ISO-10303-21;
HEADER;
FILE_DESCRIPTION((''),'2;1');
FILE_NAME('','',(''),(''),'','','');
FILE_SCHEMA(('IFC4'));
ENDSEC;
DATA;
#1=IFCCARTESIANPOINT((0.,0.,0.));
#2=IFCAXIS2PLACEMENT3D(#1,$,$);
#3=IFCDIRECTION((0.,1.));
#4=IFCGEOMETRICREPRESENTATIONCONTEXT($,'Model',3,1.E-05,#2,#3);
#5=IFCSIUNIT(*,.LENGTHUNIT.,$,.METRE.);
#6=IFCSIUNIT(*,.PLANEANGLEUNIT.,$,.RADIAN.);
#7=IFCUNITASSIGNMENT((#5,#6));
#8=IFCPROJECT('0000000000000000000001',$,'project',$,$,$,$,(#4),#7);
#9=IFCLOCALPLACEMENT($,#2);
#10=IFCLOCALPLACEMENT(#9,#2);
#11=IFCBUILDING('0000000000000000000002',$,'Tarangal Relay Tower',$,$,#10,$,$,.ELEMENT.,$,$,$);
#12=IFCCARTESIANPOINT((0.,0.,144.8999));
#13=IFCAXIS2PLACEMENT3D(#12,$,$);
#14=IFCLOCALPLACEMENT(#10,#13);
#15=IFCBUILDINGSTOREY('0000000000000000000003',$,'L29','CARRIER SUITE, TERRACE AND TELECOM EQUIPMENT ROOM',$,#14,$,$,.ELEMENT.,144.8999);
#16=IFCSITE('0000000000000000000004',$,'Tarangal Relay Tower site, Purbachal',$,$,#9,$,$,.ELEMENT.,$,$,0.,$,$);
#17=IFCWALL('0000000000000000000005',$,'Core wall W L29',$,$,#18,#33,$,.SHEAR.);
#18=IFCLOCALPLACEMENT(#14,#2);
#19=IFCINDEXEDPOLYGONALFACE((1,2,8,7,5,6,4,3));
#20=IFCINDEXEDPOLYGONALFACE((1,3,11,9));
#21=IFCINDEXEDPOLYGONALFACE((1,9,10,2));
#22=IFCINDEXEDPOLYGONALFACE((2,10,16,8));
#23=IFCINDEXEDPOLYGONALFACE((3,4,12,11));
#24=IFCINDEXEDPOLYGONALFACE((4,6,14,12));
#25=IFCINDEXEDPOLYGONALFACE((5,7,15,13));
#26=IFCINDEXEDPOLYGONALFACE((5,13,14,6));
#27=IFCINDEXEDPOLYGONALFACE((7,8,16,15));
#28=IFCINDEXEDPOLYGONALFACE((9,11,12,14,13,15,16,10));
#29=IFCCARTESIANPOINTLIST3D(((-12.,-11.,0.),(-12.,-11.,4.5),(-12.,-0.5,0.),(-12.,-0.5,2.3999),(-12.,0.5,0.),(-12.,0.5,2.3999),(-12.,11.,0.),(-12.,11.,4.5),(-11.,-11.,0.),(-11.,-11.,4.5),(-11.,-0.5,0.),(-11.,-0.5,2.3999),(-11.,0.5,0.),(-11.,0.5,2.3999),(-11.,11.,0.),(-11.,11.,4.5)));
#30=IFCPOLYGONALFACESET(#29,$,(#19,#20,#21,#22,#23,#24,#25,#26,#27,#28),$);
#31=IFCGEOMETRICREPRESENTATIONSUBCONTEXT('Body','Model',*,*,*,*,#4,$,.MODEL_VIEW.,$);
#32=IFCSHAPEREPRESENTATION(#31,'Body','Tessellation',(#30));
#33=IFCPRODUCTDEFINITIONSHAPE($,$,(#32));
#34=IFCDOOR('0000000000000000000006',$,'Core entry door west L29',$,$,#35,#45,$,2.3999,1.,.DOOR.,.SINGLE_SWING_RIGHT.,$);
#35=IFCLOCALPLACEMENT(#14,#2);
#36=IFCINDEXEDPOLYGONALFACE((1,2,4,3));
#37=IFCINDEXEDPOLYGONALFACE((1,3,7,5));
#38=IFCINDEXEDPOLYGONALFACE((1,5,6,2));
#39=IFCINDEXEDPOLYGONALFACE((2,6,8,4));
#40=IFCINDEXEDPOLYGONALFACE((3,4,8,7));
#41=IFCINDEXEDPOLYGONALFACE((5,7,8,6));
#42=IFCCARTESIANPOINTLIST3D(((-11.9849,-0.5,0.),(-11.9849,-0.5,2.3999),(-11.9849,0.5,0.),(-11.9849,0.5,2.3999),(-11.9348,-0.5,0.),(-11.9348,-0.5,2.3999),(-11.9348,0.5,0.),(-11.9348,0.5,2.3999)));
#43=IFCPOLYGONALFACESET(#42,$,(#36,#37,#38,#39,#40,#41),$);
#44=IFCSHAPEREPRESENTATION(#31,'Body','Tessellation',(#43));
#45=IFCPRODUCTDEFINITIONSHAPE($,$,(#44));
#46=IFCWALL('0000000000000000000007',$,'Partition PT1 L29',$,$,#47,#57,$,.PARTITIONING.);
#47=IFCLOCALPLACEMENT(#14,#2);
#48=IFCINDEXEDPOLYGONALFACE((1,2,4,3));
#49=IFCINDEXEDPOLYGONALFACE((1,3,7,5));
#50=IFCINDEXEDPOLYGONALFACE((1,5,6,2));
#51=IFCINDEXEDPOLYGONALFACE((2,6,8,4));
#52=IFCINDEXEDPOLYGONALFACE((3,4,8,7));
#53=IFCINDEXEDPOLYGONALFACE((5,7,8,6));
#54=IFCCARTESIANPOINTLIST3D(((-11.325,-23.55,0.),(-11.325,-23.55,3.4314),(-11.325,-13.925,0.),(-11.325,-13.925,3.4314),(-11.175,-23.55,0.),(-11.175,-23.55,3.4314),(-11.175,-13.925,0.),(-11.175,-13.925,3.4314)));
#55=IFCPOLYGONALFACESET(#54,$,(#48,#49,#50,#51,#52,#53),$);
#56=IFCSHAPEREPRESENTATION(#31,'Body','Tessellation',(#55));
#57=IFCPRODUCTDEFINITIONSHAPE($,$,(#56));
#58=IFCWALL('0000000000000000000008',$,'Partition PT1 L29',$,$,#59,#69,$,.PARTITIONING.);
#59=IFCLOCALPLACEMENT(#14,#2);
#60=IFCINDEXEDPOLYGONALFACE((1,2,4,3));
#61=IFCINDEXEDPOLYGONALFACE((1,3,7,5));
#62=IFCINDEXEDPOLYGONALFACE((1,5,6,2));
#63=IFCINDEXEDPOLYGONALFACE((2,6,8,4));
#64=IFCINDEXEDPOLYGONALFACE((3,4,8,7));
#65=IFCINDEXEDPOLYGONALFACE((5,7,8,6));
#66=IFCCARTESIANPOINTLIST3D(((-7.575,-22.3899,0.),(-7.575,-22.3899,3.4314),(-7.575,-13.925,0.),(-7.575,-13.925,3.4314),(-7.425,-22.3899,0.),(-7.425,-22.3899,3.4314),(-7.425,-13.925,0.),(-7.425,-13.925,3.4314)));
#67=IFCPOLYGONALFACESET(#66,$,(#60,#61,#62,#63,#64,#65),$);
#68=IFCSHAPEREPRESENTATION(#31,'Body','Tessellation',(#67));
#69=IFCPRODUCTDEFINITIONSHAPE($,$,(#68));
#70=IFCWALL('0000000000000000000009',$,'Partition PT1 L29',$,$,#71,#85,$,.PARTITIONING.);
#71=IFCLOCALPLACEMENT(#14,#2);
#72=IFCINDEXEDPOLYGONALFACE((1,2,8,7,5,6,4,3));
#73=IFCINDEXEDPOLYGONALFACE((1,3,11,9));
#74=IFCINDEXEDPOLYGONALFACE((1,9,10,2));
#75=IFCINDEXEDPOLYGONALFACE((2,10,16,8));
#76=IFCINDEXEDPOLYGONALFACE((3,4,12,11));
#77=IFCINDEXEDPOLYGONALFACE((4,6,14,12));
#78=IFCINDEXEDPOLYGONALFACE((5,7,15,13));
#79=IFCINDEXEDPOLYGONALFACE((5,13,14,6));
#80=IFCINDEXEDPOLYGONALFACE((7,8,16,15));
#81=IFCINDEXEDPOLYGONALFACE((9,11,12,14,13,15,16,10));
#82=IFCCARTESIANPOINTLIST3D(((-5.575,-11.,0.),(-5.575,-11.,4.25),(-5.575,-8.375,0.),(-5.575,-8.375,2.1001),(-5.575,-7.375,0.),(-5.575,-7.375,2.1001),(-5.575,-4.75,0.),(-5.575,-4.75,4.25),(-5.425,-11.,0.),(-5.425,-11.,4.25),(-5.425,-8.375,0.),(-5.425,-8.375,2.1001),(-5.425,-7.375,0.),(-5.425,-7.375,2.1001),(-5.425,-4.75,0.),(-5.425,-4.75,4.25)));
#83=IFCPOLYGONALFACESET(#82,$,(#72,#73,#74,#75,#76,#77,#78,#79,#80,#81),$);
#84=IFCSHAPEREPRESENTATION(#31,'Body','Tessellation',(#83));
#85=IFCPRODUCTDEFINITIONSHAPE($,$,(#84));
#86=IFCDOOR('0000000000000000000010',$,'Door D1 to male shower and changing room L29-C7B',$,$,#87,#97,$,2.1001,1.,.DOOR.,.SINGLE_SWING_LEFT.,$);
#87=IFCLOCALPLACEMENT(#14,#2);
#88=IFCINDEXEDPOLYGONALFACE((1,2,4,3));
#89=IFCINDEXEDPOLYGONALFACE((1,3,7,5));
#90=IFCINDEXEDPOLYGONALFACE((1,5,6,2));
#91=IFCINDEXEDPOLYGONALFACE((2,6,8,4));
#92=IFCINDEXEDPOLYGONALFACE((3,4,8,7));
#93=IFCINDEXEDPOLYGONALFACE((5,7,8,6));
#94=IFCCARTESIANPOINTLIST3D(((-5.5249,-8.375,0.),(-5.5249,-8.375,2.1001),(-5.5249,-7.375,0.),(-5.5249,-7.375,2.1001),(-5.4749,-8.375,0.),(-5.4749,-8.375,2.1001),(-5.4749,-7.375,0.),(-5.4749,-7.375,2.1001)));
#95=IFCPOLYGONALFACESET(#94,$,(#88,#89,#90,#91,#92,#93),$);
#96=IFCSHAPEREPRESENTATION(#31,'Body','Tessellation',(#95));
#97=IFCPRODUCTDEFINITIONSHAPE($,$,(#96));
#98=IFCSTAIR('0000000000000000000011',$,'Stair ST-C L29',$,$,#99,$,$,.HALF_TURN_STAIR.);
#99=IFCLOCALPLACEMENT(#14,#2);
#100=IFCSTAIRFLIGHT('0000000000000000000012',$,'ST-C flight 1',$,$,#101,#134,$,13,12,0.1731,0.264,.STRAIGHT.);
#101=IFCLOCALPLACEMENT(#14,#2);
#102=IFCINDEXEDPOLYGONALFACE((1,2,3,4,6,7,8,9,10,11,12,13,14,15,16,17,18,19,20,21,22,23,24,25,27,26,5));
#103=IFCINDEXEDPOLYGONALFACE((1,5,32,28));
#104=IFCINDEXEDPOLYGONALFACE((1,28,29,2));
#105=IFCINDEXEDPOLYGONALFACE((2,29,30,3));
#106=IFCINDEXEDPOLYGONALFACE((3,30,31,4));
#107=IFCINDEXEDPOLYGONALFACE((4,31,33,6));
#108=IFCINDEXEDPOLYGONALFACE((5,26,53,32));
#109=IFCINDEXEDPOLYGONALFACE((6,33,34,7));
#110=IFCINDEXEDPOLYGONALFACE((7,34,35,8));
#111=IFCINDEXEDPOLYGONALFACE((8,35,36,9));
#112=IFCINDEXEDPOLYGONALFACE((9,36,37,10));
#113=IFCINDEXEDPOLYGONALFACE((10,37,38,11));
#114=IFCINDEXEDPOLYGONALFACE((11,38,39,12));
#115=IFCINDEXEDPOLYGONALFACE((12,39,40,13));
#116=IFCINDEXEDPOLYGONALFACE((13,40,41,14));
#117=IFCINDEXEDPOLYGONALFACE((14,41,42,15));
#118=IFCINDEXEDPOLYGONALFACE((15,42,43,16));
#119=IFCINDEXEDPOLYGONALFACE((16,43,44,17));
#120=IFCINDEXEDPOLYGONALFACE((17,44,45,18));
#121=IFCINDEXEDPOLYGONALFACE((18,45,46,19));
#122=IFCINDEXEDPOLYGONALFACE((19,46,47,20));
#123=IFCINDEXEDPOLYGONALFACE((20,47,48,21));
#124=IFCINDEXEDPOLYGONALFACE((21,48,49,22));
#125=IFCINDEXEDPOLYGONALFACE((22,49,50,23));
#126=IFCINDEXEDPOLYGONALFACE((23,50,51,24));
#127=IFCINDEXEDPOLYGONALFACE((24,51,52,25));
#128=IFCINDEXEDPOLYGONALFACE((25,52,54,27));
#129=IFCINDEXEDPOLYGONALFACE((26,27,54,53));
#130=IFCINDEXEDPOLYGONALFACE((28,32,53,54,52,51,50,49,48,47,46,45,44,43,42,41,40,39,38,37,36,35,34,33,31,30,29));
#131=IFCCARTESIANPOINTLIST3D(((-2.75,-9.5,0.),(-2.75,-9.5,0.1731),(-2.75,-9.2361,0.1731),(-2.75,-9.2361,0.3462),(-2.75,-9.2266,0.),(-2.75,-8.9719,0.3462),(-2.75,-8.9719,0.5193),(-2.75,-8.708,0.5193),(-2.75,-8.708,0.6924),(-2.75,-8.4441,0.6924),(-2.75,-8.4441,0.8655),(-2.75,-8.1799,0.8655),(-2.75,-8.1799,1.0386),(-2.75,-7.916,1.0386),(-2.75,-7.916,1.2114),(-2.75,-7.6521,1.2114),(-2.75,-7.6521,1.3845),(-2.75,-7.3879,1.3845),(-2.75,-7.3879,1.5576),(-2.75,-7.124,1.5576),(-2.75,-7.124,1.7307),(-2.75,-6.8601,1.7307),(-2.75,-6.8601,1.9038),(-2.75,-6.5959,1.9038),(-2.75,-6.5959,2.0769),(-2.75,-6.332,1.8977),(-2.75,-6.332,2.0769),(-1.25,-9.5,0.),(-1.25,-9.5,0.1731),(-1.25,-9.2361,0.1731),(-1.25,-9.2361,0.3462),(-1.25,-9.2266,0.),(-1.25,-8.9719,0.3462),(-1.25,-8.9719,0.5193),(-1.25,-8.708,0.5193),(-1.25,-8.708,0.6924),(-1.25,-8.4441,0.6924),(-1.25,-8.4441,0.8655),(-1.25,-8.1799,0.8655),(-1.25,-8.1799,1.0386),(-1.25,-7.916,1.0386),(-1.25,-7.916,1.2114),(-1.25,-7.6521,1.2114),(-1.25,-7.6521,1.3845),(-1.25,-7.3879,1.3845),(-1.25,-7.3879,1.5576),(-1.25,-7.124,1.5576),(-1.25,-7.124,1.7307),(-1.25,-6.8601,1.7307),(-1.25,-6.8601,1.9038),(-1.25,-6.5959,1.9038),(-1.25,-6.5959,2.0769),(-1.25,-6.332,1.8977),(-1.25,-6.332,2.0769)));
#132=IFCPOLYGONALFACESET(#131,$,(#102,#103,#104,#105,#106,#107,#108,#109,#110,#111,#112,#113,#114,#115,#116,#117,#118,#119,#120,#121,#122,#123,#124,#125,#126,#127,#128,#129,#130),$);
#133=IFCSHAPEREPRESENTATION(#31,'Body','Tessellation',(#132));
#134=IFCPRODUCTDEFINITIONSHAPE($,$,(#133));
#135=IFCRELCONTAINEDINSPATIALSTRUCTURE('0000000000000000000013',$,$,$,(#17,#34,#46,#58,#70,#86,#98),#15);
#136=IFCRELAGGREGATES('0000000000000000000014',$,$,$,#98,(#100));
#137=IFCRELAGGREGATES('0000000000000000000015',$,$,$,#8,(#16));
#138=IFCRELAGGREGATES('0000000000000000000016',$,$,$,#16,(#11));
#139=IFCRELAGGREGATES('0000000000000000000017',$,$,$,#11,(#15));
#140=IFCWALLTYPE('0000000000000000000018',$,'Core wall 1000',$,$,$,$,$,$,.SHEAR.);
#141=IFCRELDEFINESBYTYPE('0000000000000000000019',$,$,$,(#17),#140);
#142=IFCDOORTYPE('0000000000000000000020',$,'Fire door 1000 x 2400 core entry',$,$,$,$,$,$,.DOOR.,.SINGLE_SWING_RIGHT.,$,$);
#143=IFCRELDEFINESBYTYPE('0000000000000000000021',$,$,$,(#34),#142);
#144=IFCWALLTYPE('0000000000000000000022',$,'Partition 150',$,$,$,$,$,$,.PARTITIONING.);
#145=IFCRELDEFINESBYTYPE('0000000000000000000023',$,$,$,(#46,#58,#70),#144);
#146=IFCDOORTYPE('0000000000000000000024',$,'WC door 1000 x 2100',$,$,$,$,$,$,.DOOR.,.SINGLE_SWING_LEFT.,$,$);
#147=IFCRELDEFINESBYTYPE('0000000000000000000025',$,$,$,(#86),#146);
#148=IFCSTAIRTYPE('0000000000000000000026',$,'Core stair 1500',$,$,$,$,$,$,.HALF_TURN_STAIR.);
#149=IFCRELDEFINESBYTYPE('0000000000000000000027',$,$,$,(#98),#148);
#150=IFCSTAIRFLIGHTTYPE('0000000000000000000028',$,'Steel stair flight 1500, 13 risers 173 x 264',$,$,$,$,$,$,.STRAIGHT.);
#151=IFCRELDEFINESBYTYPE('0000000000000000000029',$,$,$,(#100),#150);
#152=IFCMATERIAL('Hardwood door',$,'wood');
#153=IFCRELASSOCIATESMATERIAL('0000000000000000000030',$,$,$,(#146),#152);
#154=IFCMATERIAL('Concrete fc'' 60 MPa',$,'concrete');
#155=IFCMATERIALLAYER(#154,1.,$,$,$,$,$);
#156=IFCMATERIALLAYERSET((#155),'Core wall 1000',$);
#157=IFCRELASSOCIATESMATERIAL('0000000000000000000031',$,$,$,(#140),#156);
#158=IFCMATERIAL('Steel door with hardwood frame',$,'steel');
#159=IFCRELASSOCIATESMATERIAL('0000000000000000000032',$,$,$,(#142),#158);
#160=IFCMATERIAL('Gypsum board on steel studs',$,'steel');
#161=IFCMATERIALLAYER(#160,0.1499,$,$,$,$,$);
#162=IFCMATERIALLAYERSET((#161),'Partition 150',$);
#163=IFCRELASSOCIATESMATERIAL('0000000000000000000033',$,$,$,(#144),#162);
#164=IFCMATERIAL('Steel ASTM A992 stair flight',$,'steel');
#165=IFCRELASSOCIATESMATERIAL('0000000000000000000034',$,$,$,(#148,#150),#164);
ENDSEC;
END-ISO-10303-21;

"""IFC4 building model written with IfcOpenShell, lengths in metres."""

from ifc_helpers import new_model, si_unit, direction, frame, frame_2d, origin, place, context, subcontext, project, spatial, polyline, rectangle, outline, extrude, material, layer, layer_set, type_object, element, fill, aggregate, save


model = new_model("IFC4")

# Units and contexts
model_context = context("Model", 3, precision=1e-05, world=origin(), true_north=direction((0.0, 1.0)))
body_context = subcontext(model_context, "Body", "Model", "MODEL_VIEW")
ifc_project = project(units=[si_unit("LENGTHUNIT", "METRE"), si_unit("PLANEANGLEUNIT", "RADIAN")], contexts=[model_context])

# Site, building, storey
site_placement = place(None, origin())
site = spatial("IfcSite", under=ifc_project, at=site_placement, Name="Tarangal Relay Tower site, Purbachal", CompositionType="ELEMENT", RefElevation=0.0)
building_placement = place(site_placement, origin())
building = spatial("IfcBuilding", under=site, at=building_placement, Name="Tarangal Relay Tower", CompositionType="ELEMENT")
storey_placement = place(building_placement, frame((0.0, 0.0, 144.8999)))
storey = spatial("IfcBuildingStorey", under=building, at=storey_placement, Name="L29", Description="CARRIER SUITE, TERRACE AND TELECOM EQUIPMENT ROOM", CompositionType="ELEMENT", Elevation=144.8999)

# Shared definitions
ifc_material_1 = material(Name="Concrete fc' 60 MPa", Category="concrete")

# Shared definitions
ifc_material_2 = material(Name="Hardwood door", Category="wood")
door_type_1 = type_object("IfcDoorType", Name="WC door 1000 x 2100", OperationType="SINGLE_SWING_LEFT", PredefinedType="DOOR", material=ifc_material_2)

# Wall, opening, door
ifc_layer_1 = layer(ifc_material_1, 1.0)
ifc_layer_set_1 = layer_set([ifc_layer_1], Name="Core wall 1000")
wall_type_1 = type_object("IfcWallType", Name="Core wall 1000", PredefinedType="SHEAR", material=ifc_layer_set_1)
wall_1_placement = place(storey_placement, frame((-11.5, -11.0, 0.0), z_axis=(0.0, 0.0, 1.0), x_axis=(0.0, 1.0, 0.0)))
wall_1 = element("IfcWall", 1, at=wall_1_placement, inside=storey, type_object=wall_type_1, Name="Core wall W L29", PredefinedType="SHEAR", context=body_context, shape_type="SweptSolid", body=[
    extrude(rectangle(XDim=22.0, YDim=1.0, at=frame_2d((11.0, 0.0))), origin(), (0.0, 0.0, 1.0), 4.5),
])
opening_1_placement = place(wall_1_placement, frame((10.5, 0.0, 0.0)))
opening_1 = element("IfcOpeningElement", 2, at=opening_1_placement, cuts=wall_1, PredefinedType="OPENING", context=body_context, shape_type="SweptSolid", body=[
    extrude(rectangle(XDim=1.0, YDim=2.3999, at=frame_2d((0.5, 1.2))), frame((0.0, 0.51, 0.0), z_axis=(0.0, -1.0, 0.0), x_axis=(1.0, 0.0, 0.0)), (0.0, 0.0, 1.0), 1.02),
])
ifc_material_3 = material(Name="Steel door with hardwood frame", Category="steel")
door_type_2 = type_object("IfcDoorType", Name="Fire door 1000 x 2400 core entry", OperationType="SINGLE_SWING_RIGHT", PredefinedType="DOOR", material=ifc_material_3)
door_1_placement = place(opening_1_placement, origin())
door_1 = element("IfcDoor", 3, at=door_1_placement, inside=storey, type_object=door_type_2, Name="Core entry door west L29", OperationType="SINGLE_SWING_RIGHT", OverallHeight=2.3999, OverallWidth=1.0, PredefinedType="DOOR", context=body_context, shape_type="SweptSolid", body=[
    extrude(rectangle(XDim=1.0, YDim=2.3999, at=frame_2d((0.5, 1.2))), frame((0.0, 0.4849, 0.0), z_axis=(0.0, -1.0, 0.0), x_axis=(1.0, 0.0, 0.0)), (0.0, 0.0, 1.0), 0.05),
])
fill(opening_1, door_1)

# Walls
ifc_material_4 = material(Name="Gypsum board on steel studs", Category="steel")
ifc_layer_2 = layer(ifc_material_4, 0.1499)
ifc_layer_set_2 = layer_set([ifc_layer_2], Name="Partition 150")
wall_type_2 = type_object("IfcWallType", Name="Partition 150", PredefinedType="PARTITIONING", material=ifc_layer_set_2)
wall_2_placement = place(storey_placement, frame((-11.25, -23.55, 0.0), z_axis=(0.0, 0.0, 1.0), x_axis=(0.0, 1.0, 0.0)))
element("IfcWall", 4, at=wall_2_placement, inside=storey, type_object=wall_type_2, Name="Partition PT1 L29", PredefinedType="PARTITIONING", context=body_context, shape_type="SweptSolid", body=[
    extrude(rectangle(XDim=9.625, YDim=0.1499, at=frame_2d((4.8125, 0.0))), origin(), (0.0, 0.0, 1.0), 3.4314),
])
wall_3_placement = place(storey_placement, frame((-7.5, -22.3899, 0.0), z_axis=(0.0, 0.0, 1.0), x_axis=(0.0, 1.0, 0.0)))
element("IfcWall", 5, at=wall_3_placement, inside=storey, type_object=wall_type_2, Name="Partition PT1 L29", PredefinedType="PARTITIONING", context=body_context, shape_type="SweptSolid", body=[
    extrude(rectangle(XDim=8.4648, YDim=0.1499, at=frame_2d((4.2324, 0.0))), origin(), (0.0, 0.0, 1.0), 3.4314),
])

# Wall, opening, door
wall_4_placement = place(storey_placement, frame((-5.5, -11.0, 0.0), z_axis=(0.0, 0.0, 1.0), x_axis=(0.0, 1.0, 0.0)))
wall_4 = element("IfcWall", 6, at=wall_4_placement, inside=storey, type_object=wall_type_2, Name="Partition PT1 L29", PredefinedType="PARTITIONING", context=body_context, shape_type="SweptSolid", body=[
    extrude(rectangle(XDim=6.25, YDim=0.1499, at=frame_2d((3.125, 0.0))), origin(), (0.0, 0.0, 1.0), 4.25),
])
opening_2_placement = place(wall_4_placement, frame((2.625, 0.0, 0.0)))
opening_2 = element("IfcOpeningElement", 7, at=opening_2_placement, cuts=wall_4, PredefinedType="OPENING", context=body_context, shape_type="SweptSolid", body=[
    extrude(rectangle(XDim=1.0, YDim=2.1001, at=frame_2d((0.5, 1.05))), frame((0.0, 0.085, 0.0), z_axis=(0.0, -1.0, 0.0), x_axis=(1.0, 0.0, 0.0)), (0.0, 0.0, 1.0), 0.1699),
])
door_2_placement = place(opening_2_placement, origin())
door_2 = element("IfcDoor", 8, at=door_2_placement, inside=storey, type_object=door_type_1, Name="Door D1 to male shower and changing room L29-C7B", OperationType="SINGLE_SWING_LEFT", OverallHeight=2.1001, OverallWidth=1.0, PredefinedType="DOOR", context=body_context, shape_type="SweptSolid", body=[
    extrude(rectangle(XDim=1.0, YDim=2.1001, at=frame_2d((0.5, 1.05))), frame((0.0, 0.0249, 0.0), z_axis=(0.0, -1.0, 0.0), x_axis=(1.0, 0.0, 0.0)), (0.0, 0.0, 1.0), 0.05),
])
fill(opening_2, door_2)

# Stair, stair flight
ifc_material_5 = material(Name="Steel ASTM A992 stair flight", Category="steel")
stair_type = type_object("IfcStairType", Name="Core stair 1500", PredefinedType="HALF_TURN_STAIR", material=ifc_material_5)
stair_placement = place(storey_placement, origin())
stair = element("IfcStair", 9, at=stair_placement, inside=storey, type_object=stair_type, Name="Stair ST-C L29", PredefinedType="HALF_TURN_STAIR")
stair_flight_type = type_object("IfcStairFlightType", Name="Steel stair flight 1500, 13 risers 173 x 264", PredefinedType="STRAIGHT", material=ifc_material_5)
stair_flight_placement = place(storey_placement, frame((-2.0, -9.5, 0.0), z_axis=(0.0, 0.0, 1.0), x_axis=(0.0, 1.0, 0.0)))
stair_flight = element("IfcStairFlight", 10, at=stair_flight_placement, type_object=stair_flight_type, Name="ST-C flight 1", NumberOfRisers=13, NumberOfTreads=12, PredefinedType="STRAIGHT", RiserHeight=0.1731, TreadLength=0.264, context=body_context, shape_type="SweptSolid", body=[
    extrude(outline(polyline([(0.0, 0.0), (0.0, 0.1731), (0.2639, 0.1731), (0.2639, 0.3462), (0.5281, 0.3462), (0.5281, 0.5193), (0.792, 0.5193), (0.792, 0.6924), (1.0559, 0.6924), (1.0559, 0.8655), (1.3201, 0.8655), (1.3201, 1.0386), (1.584, 1.0386), (1.584, 1.2114), (1.8479, 1.2114), (1.8479, 1.3845), (2.1121, 1.3845), (2.1121, 1.5576), (2.376, 1.5576), (2.376, 1.7307), (2.6399, 1.7307), (2.6399, 1.9038), (2.9041, 1.9038), (2.9041, 2.0769), (3.168, 2.0769), (3.168, 2.25), (3.168, 1.8977), (0.2734, 0.0), (0.0, 0.0)])), frame((0.0, 0.75, 0.0), z_axis=(0.0, -1.0, 0.0), x_axis=(1.0, 0.0, 0.0)), (0.0, 0.0, 1.0), 1.5),
])
aggregate(stair, [stair_flight])

save(model, "model.ifc")
